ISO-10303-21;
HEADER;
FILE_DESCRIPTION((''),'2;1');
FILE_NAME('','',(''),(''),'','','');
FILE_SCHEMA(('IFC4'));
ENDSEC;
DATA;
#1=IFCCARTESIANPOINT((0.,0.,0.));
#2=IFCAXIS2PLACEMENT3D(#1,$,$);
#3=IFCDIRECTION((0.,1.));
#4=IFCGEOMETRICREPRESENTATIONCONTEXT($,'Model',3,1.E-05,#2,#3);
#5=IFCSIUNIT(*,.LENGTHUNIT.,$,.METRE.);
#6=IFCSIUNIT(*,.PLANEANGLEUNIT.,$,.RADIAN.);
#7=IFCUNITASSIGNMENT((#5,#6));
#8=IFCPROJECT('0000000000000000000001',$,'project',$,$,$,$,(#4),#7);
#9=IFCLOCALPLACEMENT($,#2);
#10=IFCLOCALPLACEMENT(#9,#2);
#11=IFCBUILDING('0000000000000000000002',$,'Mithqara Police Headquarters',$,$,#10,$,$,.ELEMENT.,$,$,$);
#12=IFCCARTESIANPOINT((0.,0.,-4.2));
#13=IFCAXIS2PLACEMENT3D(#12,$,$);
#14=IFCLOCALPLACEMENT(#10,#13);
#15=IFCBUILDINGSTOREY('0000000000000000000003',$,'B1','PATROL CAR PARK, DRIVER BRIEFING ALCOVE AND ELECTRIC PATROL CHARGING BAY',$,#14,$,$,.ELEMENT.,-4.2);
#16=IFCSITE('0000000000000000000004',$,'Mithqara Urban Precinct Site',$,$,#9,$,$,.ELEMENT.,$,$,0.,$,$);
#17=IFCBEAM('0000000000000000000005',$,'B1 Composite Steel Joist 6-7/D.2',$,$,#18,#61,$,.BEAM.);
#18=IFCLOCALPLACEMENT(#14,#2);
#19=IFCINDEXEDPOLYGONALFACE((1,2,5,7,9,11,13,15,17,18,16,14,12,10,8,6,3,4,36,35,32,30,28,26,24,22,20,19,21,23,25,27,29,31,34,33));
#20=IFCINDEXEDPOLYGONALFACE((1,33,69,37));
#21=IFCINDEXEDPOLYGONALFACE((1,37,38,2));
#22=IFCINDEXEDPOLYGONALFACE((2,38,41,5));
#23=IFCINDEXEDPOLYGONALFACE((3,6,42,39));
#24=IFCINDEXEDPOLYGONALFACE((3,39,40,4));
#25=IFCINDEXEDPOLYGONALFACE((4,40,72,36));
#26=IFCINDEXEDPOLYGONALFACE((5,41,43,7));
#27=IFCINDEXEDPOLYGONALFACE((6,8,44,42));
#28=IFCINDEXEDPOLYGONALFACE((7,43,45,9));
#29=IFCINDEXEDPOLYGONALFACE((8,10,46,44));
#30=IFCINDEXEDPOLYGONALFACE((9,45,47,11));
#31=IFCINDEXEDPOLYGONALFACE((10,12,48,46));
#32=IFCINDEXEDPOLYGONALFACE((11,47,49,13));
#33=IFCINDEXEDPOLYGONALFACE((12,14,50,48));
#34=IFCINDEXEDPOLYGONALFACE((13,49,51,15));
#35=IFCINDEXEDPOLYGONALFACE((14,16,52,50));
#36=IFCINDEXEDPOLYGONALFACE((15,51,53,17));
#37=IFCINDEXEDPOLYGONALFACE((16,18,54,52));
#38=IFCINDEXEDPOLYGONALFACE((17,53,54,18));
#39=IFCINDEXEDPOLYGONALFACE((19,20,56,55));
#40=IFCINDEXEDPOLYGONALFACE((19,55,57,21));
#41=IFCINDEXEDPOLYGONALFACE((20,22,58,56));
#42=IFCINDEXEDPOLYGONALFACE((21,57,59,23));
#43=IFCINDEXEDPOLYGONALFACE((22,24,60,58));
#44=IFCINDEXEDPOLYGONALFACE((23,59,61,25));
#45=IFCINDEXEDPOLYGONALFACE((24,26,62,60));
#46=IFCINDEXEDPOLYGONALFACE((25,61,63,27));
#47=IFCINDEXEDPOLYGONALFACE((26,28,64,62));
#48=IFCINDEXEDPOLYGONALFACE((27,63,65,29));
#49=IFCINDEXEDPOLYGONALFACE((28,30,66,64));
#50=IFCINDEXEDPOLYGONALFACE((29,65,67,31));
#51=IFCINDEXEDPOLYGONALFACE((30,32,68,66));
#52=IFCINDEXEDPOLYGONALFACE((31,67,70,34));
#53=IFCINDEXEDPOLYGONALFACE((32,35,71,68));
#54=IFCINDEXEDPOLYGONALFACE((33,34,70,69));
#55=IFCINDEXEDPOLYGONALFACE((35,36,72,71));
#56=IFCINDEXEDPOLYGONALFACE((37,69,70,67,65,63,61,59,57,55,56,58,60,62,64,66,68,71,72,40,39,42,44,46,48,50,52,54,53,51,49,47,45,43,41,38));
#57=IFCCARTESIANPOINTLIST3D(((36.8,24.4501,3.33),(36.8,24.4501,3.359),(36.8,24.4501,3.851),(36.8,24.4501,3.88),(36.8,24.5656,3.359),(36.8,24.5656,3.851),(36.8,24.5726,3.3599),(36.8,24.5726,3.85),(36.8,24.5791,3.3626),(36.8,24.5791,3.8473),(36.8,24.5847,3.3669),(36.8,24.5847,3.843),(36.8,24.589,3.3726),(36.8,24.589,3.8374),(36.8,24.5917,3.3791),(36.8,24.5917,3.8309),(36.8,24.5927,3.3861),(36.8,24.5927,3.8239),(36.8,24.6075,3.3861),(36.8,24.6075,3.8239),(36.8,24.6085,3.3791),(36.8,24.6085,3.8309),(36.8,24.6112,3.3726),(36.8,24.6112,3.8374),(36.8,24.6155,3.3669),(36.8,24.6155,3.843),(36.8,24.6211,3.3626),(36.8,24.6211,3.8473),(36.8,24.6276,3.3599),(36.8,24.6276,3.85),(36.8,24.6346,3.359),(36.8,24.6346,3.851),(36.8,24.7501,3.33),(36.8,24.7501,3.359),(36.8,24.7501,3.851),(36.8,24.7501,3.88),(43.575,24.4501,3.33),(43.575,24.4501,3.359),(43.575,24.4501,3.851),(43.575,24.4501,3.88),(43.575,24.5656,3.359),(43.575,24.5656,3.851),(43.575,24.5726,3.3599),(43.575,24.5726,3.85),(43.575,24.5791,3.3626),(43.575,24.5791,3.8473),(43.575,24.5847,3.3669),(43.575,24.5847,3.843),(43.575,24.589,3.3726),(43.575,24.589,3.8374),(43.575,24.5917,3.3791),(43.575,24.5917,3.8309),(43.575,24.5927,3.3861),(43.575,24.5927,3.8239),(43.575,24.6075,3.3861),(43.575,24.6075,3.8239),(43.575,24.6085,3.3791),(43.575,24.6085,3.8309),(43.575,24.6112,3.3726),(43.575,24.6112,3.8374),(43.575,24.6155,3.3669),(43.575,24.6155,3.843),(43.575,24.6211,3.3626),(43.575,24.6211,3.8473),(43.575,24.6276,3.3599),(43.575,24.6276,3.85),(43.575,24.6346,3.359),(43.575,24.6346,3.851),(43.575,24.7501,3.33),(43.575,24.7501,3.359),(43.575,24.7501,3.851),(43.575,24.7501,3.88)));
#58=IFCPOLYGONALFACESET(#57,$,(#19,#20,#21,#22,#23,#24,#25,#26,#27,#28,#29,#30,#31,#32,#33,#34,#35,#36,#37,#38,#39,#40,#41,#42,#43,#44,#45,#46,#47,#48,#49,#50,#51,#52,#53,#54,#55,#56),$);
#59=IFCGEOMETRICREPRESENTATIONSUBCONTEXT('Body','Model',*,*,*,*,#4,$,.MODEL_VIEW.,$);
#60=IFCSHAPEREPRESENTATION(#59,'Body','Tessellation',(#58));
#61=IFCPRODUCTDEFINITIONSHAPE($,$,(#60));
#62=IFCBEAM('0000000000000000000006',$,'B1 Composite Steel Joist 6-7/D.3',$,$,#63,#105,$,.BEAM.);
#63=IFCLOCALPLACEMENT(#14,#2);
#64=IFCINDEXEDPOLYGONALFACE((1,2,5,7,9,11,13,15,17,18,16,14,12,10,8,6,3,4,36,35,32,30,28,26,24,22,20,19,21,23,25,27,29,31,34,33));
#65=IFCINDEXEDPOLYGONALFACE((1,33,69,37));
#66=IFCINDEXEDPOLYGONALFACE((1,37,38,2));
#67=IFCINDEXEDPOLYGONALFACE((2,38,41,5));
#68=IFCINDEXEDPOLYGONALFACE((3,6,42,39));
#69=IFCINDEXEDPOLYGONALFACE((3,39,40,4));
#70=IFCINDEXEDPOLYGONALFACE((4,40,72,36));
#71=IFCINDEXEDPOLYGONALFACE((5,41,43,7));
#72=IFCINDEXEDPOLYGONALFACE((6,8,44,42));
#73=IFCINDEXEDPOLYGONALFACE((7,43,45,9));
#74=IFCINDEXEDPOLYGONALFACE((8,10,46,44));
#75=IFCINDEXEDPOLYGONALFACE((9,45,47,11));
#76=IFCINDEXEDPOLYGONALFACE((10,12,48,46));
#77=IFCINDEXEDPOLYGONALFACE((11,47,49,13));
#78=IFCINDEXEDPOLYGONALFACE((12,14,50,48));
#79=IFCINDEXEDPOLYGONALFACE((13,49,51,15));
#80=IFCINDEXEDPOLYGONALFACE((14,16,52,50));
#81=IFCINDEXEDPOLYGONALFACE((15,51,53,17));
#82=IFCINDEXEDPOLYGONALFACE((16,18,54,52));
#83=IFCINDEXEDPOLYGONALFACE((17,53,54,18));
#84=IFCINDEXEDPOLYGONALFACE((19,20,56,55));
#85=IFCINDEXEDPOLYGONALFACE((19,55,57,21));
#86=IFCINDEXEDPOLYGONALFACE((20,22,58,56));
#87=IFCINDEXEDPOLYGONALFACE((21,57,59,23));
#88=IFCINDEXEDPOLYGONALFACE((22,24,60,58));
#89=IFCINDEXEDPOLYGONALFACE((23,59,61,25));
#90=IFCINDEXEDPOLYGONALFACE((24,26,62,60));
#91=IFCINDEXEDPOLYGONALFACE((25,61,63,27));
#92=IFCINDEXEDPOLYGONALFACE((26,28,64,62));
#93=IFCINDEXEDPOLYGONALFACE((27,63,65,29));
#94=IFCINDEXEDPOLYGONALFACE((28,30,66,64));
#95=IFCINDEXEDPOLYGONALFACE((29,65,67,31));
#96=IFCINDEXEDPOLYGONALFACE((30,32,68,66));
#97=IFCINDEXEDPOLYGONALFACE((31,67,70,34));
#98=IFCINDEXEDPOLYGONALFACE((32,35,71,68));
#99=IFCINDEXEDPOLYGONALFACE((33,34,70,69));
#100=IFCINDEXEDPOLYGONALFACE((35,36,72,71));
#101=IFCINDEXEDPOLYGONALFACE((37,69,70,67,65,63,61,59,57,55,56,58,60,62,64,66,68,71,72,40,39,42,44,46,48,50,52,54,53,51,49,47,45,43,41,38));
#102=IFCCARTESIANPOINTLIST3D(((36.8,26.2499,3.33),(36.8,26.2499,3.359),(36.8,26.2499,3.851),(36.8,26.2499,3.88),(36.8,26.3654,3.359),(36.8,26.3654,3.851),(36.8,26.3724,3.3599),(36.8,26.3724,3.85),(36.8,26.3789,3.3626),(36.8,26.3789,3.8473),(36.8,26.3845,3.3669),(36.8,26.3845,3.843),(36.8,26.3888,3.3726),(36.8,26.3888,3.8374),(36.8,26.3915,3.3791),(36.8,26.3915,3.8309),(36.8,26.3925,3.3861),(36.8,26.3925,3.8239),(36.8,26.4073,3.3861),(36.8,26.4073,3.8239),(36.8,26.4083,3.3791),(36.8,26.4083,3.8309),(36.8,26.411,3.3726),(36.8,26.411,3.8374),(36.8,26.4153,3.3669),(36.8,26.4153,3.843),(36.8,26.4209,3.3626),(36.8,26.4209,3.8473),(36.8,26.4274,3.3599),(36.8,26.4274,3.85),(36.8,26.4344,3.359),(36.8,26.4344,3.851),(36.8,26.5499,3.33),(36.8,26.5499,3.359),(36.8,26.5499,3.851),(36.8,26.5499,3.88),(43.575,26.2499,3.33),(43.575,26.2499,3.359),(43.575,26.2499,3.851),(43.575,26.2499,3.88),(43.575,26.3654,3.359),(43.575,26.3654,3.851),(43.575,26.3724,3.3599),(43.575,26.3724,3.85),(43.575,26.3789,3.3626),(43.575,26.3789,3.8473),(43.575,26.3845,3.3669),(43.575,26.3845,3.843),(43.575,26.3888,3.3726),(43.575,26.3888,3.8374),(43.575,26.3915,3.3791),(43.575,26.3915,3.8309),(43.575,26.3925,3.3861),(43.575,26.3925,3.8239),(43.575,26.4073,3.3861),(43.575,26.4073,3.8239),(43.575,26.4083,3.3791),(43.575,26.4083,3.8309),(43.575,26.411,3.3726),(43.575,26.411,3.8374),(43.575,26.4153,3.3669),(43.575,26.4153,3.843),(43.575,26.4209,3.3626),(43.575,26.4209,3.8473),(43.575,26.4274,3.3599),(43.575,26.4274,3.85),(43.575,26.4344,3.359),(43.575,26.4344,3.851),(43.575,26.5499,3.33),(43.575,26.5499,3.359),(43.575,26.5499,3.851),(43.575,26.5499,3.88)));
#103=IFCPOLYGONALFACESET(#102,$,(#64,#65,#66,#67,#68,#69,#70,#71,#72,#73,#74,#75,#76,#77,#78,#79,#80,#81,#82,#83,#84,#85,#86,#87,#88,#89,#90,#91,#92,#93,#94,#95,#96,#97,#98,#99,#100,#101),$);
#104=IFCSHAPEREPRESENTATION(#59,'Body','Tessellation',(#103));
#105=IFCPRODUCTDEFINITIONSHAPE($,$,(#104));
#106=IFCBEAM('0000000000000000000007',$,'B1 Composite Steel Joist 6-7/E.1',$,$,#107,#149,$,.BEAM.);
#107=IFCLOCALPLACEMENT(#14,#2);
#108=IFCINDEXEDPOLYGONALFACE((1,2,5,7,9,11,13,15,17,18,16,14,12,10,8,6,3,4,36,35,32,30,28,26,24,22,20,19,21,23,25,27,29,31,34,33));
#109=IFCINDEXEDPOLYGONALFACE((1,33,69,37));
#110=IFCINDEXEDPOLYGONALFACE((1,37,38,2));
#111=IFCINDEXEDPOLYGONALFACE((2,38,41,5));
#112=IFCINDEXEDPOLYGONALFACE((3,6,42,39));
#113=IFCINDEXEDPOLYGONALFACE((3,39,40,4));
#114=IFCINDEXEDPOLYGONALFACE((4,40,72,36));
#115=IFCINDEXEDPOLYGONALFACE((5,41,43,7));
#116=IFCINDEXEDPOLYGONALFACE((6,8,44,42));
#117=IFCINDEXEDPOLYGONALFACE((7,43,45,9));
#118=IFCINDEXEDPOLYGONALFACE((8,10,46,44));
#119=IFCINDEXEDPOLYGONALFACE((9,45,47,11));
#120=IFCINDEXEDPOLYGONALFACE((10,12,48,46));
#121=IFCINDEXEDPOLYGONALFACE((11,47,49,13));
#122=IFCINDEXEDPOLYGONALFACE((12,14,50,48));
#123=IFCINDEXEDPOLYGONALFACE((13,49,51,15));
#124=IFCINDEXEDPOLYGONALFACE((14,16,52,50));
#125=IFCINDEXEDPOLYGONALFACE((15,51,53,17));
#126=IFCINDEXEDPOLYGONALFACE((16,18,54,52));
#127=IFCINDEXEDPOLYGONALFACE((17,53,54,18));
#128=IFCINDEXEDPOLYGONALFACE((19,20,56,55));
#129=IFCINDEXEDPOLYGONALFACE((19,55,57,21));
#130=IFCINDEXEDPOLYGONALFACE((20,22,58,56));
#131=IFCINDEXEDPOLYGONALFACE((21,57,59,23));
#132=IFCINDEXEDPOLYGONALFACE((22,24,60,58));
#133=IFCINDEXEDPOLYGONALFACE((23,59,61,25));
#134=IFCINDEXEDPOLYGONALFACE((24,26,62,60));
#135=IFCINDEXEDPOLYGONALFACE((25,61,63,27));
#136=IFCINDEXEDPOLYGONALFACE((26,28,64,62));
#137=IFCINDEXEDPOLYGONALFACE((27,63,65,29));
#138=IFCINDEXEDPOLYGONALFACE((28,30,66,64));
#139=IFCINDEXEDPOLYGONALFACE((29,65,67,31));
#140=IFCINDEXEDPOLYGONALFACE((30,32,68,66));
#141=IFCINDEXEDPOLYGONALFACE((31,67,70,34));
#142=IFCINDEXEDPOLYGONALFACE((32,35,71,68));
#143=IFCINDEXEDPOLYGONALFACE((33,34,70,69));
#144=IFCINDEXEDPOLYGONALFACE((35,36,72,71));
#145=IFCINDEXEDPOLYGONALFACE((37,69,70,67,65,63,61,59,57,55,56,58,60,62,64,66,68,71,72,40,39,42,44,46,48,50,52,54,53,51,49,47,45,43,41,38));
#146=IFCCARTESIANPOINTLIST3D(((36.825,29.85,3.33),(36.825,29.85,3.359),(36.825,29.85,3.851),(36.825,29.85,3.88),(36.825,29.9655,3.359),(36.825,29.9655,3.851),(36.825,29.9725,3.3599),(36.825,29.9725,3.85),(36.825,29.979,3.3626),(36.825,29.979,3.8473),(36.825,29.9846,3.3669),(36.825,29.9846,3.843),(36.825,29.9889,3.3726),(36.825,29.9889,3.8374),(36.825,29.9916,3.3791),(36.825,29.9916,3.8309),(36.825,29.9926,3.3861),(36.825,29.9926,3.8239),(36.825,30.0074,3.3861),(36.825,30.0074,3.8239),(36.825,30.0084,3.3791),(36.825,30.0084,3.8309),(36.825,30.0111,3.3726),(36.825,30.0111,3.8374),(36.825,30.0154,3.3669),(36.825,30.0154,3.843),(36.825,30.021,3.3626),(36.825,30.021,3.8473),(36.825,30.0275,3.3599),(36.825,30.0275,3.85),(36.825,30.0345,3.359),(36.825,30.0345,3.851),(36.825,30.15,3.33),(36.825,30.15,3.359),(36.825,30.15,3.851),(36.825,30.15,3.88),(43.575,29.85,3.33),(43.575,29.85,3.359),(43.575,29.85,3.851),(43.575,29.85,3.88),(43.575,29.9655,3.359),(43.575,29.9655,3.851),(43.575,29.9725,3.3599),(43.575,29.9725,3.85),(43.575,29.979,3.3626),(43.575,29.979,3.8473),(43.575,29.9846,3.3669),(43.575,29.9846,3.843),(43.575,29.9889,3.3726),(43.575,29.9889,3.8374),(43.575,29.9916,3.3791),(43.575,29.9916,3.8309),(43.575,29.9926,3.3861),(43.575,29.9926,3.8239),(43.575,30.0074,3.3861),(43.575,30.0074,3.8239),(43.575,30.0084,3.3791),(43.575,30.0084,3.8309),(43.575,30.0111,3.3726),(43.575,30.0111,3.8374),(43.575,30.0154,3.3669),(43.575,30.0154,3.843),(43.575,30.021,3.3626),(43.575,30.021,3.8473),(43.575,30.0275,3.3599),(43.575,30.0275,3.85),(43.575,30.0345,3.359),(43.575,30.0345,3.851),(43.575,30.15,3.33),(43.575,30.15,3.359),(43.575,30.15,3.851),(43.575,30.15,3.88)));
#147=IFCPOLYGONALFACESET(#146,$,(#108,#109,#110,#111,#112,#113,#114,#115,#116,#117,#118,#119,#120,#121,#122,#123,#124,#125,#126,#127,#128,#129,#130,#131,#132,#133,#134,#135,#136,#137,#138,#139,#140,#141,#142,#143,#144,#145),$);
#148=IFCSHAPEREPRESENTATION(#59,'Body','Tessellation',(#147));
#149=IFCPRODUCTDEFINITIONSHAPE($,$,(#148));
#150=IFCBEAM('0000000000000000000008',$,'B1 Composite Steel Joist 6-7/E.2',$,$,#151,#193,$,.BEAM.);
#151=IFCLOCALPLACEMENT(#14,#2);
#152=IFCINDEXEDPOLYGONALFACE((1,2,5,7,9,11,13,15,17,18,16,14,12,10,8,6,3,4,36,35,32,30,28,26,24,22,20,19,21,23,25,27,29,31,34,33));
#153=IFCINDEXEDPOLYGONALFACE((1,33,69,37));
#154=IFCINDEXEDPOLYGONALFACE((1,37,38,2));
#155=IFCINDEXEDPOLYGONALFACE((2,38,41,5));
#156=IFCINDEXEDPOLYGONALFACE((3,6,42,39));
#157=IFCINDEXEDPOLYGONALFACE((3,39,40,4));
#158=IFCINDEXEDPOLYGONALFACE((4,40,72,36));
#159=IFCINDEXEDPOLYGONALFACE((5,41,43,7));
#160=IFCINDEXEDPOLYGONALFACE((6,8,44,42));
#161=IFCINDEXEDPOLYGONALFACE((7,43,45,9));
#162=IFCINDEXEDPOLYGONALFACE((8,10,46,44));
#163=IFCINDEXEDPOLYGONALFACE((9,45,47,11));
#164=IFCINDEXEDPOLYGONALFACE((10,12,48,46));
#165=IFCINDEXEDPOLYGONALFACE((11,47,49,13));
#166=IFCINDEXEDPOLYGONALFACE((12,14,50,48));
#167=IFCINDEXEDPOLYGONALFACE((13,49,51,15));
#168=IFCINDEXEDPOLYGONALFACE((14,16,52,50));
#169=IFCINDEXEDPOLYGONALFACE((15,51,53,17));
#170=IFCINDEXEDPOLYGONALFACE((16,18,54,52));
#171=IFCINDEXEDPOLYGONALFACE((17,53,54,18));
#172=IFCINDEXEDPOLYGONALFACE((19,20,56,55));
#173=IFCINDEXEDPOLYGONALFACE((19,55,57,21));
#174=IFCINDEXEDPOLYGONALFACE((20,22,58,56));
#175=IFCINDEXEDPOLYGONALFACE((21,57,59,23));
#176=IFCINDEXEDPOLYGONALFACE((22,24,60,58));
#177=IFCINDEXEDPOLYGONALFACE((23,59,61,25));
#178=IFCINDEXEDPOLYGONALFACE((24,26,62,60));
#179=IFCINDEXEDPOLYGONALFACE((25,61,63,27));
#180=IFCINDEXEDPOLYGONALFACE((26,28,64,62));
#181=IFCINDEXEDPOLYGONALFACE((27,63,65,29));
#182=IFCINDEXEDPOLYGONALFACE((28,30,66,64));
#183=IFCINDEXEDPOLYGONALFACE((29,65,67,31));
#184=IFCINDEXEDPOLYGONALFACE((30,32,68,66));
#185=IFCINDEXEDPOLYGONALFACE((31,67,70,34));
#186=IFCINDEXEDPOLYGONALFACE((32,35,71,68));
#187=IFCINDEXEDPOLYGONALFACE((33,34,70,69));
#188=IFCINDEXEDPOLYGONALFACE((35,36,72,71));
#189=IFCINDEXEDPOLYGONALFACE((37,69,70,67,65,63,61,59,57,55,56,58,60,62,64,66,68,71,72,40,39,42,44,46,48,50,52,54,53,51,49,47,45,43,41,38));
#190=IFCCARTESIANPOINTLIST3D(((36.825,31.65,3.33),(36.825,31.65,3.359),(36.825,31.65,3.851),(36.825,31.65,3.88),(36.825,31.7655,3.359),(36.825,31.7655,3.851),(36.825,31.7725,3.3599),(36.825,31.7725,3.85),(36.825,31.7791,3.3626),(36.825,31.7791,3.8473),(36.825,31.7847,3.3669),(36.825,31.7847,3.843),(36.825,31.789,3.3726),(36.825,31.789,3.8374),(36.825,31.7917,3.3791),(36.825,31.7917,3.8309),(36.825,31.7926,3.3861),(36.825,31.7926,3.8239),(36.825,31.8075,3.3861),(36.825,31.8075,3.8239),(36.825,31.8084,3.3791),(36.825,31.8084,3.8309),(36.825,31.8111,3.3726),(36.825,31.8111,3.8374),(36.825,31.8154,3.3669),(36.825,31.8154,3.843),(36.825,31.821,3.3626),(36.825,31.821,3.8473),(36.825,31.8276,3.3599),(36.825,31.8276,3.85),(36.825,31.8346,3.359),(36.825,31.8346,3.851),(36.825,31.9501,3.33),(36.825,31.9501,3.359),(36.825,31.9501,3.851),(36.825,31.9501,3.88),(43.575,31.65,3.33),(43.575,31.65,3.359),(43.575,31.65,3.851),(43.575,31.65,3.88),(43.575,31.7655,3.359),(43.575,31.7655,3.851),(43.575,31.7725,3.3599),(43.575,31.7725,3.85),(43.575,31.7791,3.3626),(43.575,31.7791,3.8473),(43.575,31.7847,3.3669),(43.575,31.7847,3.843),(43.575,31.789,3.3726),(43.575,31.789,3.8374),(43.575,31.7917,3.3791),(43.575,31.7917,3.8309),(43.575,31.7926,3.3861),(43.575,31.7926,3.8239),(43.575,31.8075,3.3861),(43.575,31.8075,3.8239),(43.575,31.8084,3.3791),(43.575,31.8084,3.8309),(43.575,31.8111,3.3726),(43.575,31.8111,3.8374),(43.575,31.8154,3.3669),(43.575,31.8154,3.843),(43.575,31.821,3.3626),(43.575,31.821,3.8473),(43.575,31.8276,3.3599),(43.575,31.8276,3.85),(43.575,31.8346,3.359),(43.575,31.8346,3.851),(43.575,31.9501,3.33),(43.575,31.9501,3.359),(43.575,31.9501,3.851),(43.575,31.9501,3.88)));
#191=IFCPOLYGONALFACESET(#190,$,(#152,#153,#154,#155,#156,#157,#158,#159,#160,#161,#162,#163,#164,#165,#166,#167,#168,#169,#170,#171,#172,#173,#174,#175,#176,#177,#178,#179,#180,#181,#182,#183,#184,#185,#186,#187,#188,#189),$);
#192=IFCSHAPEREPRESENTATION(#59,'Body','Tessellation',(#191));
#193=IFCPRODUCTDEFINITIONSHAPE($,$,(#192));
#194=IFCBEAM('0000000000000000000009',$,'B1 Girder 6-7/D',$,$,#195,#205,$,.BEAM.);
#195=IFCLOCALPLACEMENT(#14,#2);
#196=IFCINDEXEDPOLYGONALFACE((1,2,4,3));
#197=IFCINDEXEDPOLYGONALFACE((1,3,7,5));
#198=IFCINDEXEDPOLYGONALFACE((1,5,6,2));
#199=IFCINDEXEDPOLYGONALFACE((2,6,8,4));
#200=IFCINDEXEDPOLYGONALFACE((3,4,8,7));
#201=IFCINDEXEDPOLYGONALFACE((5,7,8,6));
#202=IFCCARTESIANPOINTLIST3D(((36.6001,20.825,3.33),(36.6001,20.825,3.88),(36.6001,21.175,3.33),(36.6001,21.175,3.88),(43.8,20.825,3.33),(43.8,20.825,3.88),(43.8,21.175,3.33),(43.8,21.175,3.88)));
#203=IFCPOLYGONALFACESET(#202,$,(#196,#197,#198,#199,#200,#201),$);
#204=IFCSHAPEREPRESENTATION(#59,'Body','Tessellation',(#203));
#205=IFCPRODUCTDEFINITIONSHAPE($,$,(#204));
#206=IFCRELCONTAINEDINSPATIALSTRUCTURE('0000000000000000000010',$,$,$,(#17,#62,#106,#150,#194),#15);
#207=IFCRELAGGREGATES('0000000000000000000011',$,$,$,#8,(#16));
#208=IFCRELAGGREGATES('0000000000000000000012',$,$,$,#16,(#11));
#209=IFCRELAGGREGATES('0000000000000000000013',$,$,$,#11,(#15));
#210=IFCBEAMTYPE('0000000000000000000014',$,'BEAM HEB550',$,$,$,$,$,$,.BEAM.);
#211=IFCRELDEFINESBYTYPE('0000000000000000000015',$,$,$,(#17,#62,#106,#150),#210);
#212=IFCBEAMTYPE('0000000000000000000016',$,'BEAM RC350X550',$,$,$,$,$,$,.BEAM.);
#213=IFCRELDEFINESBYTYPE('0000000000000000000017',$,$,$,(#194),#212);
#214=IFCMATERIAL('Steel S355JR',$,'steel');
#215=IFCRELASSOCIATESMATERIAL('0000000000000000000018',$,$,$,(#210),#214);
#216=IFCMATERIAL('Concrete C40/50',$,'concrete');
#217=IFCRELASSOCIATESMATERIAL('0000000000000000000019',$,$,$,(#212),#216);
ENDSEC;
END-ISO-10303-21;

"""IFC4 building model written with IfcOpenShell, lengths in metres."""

from ifc_helpers import new_model, si_unit, direction, frame, origin, origin_2d, place, context, subcontext, project, spatial, rectangle, i_section, extrude, material, material_profile, profile_set, type_object, element, save


model = new_model("IFC4")

# Units and contexts
model_context = context("Model", 3, precision=1e-05, world=origin(), true_north=direction((0.0, 1.0)))
body_context = subcontext(model_context, "Body", "Model", "MODEL_VIEW")
ifc_project = project(units=[si_unit("LENGTHUNIT", "METRE"), si_unit("PLANEANGLEUNIT", "RADIAN")], contexts=[model_context])

# Site, building, storey
site_placement = place(None, origin())
site = spatial("IfcSite", under=ifc_project, at=site_placement, Name="Mithqara Urban Precinct Site", CompositionType="ELEMENT", RefElevation=0.0)
building_placement = place(site_placement, origin())
building = spatial("IfcBuilding", under=site, at=building_placement, Name="Mithqara Police Headquarters", CompositionType="ELEMENT")
storey_placement = place(building_placement, frame((0.0, 0.0, -4.2)))
storey = spatial("IfcBuildingStorey", under=building, at=storey_placement, Name="B1", Description="PATROL CAR PARK, DRIVER BRIEFING ALCOVE AND ELECTRIC PATROL CHARGING BAY", CompositionType="ELEMENT", Elevation=-4.2)

# Shared definitions
ifc_material_1 = material(Name="Concrete C40/50", Category="concrete")

# Beams
ifc_material_2 = material(Name="Steel S355JR", Category="steel")
ifc_material_profile_1 = material_profile(ifc_material_2, i_section(OverallWidth=0.3, OverallDepth=0.55, WebThickness=0.0149, FlangeThickness=0.0291, FilletRadius=0.0271, at=origin_2d()), Name="HEB 550")
ifc_profile_set_1 = profile_set([ifc_material_profile_1], Name="Steel S355JR")
beam_type_1 = type_object("IfcBeamType", Name="BEAM HEB550", PredefinedType="BEAM", material=ifc_profile_set_1)
for number, where, z_axis, x_axis, name in (
    (1, (36.8, 24.6001, 3.605), (1.0, 0.0, 0.0), (0.0, 1.0, 0.0), "B1 Composite Steel Joist 6-7/D.2"),
    (2, (36.8, 26.3999, 3.605), (1.0, 0.0, 0.0), (0.0, 1.0, 0.0), "B1 Composite Steel Joist 6-7/D.3"),
):
    element("IfcBeam", number, at=place(storey_placement, frame(where, z_axis=z_axis, x_axis=x_axis)), inside=storey, type_object=beam_type_1, Name=name, PredefinedType="BEAM", context=body_context, shape_type="SweptSolid", body=[
        extrude(i_section(OverallWidth=0.3, OverallDepth=0.55, WebThickness=0.0149, FlangeThickness=0.0291, FilletRadius=0.0271, at=origin_2d()), origin(), (0.0, 0.0, 1.0), 6.7749),
    ])
for number, where, z_axis, x_axis, name in (
    (3, (36.825, 30.0, 3.605), (1.0, 0.0, 0.0), (0.0, 1.0, 0.0), "B1 Composite Steel Joist 6-7/E.1"),
    (4, (36.825, 31.8, 3.605), (1.0, 0.0, 0.0), (0.0, 1.0, 0.0), "B1 Composite Steel Joist 6-7/E.2"),
):
    element("IfcBeam", number, at=place(storey_placement, frame(where, z_axis=z_axis, x_axis=x_axis)), inside=storey, type_object=beam_type_1, Name=name, PredefinedType="BEAM", context=body_context, shape_type="SweptSolid", body=[
        extrude(i_section(OverallWidth=0.3, OverallDepth=0.55, WebThickness=0.0149, FlangeThickness=0.0291, FilletRadius=0.0271, at=origin_2d()), origin(), (0.0, 0.0, 1.0), 6.75),
    ])
ifc_material_profile_2 = material_profile(ifc_material_1, rectangle(XDim=0.3501, YDim=0.55, at=origin_2d()), Name="RC 350x550")
ifc_profile_set_2 = profile_set([ifc_material_profile_2], Name="Concrete C40/50")
beam_type_2 = type_object("IfcBeamType", Name="BEAM RC350X550", PredefinedType="BEAM", material=ifc_profile_set_2)
beam_1_placement = place(storey_placement, frame((36.6001, 21.0, 3.605), z_axis=(1.0, 0.0, 0.0), x_axis=(0.0, 1.0, 0.0)))
element("IfcBeam", 5, at=beam_1_placement, inside=storey, type_object=beam_type_2, Name="B1 Girder 6-7/D", PredefinedType="BEAM", context=body_context, shape_type="SweptSolid", body=[
    extrude(rectangle(XDim=0.3501, YDim=0.55, at=origin_2d()), origin(), (0.0, 0.0, 1.0), 7.2),
])

save(model, "model.ifc")
